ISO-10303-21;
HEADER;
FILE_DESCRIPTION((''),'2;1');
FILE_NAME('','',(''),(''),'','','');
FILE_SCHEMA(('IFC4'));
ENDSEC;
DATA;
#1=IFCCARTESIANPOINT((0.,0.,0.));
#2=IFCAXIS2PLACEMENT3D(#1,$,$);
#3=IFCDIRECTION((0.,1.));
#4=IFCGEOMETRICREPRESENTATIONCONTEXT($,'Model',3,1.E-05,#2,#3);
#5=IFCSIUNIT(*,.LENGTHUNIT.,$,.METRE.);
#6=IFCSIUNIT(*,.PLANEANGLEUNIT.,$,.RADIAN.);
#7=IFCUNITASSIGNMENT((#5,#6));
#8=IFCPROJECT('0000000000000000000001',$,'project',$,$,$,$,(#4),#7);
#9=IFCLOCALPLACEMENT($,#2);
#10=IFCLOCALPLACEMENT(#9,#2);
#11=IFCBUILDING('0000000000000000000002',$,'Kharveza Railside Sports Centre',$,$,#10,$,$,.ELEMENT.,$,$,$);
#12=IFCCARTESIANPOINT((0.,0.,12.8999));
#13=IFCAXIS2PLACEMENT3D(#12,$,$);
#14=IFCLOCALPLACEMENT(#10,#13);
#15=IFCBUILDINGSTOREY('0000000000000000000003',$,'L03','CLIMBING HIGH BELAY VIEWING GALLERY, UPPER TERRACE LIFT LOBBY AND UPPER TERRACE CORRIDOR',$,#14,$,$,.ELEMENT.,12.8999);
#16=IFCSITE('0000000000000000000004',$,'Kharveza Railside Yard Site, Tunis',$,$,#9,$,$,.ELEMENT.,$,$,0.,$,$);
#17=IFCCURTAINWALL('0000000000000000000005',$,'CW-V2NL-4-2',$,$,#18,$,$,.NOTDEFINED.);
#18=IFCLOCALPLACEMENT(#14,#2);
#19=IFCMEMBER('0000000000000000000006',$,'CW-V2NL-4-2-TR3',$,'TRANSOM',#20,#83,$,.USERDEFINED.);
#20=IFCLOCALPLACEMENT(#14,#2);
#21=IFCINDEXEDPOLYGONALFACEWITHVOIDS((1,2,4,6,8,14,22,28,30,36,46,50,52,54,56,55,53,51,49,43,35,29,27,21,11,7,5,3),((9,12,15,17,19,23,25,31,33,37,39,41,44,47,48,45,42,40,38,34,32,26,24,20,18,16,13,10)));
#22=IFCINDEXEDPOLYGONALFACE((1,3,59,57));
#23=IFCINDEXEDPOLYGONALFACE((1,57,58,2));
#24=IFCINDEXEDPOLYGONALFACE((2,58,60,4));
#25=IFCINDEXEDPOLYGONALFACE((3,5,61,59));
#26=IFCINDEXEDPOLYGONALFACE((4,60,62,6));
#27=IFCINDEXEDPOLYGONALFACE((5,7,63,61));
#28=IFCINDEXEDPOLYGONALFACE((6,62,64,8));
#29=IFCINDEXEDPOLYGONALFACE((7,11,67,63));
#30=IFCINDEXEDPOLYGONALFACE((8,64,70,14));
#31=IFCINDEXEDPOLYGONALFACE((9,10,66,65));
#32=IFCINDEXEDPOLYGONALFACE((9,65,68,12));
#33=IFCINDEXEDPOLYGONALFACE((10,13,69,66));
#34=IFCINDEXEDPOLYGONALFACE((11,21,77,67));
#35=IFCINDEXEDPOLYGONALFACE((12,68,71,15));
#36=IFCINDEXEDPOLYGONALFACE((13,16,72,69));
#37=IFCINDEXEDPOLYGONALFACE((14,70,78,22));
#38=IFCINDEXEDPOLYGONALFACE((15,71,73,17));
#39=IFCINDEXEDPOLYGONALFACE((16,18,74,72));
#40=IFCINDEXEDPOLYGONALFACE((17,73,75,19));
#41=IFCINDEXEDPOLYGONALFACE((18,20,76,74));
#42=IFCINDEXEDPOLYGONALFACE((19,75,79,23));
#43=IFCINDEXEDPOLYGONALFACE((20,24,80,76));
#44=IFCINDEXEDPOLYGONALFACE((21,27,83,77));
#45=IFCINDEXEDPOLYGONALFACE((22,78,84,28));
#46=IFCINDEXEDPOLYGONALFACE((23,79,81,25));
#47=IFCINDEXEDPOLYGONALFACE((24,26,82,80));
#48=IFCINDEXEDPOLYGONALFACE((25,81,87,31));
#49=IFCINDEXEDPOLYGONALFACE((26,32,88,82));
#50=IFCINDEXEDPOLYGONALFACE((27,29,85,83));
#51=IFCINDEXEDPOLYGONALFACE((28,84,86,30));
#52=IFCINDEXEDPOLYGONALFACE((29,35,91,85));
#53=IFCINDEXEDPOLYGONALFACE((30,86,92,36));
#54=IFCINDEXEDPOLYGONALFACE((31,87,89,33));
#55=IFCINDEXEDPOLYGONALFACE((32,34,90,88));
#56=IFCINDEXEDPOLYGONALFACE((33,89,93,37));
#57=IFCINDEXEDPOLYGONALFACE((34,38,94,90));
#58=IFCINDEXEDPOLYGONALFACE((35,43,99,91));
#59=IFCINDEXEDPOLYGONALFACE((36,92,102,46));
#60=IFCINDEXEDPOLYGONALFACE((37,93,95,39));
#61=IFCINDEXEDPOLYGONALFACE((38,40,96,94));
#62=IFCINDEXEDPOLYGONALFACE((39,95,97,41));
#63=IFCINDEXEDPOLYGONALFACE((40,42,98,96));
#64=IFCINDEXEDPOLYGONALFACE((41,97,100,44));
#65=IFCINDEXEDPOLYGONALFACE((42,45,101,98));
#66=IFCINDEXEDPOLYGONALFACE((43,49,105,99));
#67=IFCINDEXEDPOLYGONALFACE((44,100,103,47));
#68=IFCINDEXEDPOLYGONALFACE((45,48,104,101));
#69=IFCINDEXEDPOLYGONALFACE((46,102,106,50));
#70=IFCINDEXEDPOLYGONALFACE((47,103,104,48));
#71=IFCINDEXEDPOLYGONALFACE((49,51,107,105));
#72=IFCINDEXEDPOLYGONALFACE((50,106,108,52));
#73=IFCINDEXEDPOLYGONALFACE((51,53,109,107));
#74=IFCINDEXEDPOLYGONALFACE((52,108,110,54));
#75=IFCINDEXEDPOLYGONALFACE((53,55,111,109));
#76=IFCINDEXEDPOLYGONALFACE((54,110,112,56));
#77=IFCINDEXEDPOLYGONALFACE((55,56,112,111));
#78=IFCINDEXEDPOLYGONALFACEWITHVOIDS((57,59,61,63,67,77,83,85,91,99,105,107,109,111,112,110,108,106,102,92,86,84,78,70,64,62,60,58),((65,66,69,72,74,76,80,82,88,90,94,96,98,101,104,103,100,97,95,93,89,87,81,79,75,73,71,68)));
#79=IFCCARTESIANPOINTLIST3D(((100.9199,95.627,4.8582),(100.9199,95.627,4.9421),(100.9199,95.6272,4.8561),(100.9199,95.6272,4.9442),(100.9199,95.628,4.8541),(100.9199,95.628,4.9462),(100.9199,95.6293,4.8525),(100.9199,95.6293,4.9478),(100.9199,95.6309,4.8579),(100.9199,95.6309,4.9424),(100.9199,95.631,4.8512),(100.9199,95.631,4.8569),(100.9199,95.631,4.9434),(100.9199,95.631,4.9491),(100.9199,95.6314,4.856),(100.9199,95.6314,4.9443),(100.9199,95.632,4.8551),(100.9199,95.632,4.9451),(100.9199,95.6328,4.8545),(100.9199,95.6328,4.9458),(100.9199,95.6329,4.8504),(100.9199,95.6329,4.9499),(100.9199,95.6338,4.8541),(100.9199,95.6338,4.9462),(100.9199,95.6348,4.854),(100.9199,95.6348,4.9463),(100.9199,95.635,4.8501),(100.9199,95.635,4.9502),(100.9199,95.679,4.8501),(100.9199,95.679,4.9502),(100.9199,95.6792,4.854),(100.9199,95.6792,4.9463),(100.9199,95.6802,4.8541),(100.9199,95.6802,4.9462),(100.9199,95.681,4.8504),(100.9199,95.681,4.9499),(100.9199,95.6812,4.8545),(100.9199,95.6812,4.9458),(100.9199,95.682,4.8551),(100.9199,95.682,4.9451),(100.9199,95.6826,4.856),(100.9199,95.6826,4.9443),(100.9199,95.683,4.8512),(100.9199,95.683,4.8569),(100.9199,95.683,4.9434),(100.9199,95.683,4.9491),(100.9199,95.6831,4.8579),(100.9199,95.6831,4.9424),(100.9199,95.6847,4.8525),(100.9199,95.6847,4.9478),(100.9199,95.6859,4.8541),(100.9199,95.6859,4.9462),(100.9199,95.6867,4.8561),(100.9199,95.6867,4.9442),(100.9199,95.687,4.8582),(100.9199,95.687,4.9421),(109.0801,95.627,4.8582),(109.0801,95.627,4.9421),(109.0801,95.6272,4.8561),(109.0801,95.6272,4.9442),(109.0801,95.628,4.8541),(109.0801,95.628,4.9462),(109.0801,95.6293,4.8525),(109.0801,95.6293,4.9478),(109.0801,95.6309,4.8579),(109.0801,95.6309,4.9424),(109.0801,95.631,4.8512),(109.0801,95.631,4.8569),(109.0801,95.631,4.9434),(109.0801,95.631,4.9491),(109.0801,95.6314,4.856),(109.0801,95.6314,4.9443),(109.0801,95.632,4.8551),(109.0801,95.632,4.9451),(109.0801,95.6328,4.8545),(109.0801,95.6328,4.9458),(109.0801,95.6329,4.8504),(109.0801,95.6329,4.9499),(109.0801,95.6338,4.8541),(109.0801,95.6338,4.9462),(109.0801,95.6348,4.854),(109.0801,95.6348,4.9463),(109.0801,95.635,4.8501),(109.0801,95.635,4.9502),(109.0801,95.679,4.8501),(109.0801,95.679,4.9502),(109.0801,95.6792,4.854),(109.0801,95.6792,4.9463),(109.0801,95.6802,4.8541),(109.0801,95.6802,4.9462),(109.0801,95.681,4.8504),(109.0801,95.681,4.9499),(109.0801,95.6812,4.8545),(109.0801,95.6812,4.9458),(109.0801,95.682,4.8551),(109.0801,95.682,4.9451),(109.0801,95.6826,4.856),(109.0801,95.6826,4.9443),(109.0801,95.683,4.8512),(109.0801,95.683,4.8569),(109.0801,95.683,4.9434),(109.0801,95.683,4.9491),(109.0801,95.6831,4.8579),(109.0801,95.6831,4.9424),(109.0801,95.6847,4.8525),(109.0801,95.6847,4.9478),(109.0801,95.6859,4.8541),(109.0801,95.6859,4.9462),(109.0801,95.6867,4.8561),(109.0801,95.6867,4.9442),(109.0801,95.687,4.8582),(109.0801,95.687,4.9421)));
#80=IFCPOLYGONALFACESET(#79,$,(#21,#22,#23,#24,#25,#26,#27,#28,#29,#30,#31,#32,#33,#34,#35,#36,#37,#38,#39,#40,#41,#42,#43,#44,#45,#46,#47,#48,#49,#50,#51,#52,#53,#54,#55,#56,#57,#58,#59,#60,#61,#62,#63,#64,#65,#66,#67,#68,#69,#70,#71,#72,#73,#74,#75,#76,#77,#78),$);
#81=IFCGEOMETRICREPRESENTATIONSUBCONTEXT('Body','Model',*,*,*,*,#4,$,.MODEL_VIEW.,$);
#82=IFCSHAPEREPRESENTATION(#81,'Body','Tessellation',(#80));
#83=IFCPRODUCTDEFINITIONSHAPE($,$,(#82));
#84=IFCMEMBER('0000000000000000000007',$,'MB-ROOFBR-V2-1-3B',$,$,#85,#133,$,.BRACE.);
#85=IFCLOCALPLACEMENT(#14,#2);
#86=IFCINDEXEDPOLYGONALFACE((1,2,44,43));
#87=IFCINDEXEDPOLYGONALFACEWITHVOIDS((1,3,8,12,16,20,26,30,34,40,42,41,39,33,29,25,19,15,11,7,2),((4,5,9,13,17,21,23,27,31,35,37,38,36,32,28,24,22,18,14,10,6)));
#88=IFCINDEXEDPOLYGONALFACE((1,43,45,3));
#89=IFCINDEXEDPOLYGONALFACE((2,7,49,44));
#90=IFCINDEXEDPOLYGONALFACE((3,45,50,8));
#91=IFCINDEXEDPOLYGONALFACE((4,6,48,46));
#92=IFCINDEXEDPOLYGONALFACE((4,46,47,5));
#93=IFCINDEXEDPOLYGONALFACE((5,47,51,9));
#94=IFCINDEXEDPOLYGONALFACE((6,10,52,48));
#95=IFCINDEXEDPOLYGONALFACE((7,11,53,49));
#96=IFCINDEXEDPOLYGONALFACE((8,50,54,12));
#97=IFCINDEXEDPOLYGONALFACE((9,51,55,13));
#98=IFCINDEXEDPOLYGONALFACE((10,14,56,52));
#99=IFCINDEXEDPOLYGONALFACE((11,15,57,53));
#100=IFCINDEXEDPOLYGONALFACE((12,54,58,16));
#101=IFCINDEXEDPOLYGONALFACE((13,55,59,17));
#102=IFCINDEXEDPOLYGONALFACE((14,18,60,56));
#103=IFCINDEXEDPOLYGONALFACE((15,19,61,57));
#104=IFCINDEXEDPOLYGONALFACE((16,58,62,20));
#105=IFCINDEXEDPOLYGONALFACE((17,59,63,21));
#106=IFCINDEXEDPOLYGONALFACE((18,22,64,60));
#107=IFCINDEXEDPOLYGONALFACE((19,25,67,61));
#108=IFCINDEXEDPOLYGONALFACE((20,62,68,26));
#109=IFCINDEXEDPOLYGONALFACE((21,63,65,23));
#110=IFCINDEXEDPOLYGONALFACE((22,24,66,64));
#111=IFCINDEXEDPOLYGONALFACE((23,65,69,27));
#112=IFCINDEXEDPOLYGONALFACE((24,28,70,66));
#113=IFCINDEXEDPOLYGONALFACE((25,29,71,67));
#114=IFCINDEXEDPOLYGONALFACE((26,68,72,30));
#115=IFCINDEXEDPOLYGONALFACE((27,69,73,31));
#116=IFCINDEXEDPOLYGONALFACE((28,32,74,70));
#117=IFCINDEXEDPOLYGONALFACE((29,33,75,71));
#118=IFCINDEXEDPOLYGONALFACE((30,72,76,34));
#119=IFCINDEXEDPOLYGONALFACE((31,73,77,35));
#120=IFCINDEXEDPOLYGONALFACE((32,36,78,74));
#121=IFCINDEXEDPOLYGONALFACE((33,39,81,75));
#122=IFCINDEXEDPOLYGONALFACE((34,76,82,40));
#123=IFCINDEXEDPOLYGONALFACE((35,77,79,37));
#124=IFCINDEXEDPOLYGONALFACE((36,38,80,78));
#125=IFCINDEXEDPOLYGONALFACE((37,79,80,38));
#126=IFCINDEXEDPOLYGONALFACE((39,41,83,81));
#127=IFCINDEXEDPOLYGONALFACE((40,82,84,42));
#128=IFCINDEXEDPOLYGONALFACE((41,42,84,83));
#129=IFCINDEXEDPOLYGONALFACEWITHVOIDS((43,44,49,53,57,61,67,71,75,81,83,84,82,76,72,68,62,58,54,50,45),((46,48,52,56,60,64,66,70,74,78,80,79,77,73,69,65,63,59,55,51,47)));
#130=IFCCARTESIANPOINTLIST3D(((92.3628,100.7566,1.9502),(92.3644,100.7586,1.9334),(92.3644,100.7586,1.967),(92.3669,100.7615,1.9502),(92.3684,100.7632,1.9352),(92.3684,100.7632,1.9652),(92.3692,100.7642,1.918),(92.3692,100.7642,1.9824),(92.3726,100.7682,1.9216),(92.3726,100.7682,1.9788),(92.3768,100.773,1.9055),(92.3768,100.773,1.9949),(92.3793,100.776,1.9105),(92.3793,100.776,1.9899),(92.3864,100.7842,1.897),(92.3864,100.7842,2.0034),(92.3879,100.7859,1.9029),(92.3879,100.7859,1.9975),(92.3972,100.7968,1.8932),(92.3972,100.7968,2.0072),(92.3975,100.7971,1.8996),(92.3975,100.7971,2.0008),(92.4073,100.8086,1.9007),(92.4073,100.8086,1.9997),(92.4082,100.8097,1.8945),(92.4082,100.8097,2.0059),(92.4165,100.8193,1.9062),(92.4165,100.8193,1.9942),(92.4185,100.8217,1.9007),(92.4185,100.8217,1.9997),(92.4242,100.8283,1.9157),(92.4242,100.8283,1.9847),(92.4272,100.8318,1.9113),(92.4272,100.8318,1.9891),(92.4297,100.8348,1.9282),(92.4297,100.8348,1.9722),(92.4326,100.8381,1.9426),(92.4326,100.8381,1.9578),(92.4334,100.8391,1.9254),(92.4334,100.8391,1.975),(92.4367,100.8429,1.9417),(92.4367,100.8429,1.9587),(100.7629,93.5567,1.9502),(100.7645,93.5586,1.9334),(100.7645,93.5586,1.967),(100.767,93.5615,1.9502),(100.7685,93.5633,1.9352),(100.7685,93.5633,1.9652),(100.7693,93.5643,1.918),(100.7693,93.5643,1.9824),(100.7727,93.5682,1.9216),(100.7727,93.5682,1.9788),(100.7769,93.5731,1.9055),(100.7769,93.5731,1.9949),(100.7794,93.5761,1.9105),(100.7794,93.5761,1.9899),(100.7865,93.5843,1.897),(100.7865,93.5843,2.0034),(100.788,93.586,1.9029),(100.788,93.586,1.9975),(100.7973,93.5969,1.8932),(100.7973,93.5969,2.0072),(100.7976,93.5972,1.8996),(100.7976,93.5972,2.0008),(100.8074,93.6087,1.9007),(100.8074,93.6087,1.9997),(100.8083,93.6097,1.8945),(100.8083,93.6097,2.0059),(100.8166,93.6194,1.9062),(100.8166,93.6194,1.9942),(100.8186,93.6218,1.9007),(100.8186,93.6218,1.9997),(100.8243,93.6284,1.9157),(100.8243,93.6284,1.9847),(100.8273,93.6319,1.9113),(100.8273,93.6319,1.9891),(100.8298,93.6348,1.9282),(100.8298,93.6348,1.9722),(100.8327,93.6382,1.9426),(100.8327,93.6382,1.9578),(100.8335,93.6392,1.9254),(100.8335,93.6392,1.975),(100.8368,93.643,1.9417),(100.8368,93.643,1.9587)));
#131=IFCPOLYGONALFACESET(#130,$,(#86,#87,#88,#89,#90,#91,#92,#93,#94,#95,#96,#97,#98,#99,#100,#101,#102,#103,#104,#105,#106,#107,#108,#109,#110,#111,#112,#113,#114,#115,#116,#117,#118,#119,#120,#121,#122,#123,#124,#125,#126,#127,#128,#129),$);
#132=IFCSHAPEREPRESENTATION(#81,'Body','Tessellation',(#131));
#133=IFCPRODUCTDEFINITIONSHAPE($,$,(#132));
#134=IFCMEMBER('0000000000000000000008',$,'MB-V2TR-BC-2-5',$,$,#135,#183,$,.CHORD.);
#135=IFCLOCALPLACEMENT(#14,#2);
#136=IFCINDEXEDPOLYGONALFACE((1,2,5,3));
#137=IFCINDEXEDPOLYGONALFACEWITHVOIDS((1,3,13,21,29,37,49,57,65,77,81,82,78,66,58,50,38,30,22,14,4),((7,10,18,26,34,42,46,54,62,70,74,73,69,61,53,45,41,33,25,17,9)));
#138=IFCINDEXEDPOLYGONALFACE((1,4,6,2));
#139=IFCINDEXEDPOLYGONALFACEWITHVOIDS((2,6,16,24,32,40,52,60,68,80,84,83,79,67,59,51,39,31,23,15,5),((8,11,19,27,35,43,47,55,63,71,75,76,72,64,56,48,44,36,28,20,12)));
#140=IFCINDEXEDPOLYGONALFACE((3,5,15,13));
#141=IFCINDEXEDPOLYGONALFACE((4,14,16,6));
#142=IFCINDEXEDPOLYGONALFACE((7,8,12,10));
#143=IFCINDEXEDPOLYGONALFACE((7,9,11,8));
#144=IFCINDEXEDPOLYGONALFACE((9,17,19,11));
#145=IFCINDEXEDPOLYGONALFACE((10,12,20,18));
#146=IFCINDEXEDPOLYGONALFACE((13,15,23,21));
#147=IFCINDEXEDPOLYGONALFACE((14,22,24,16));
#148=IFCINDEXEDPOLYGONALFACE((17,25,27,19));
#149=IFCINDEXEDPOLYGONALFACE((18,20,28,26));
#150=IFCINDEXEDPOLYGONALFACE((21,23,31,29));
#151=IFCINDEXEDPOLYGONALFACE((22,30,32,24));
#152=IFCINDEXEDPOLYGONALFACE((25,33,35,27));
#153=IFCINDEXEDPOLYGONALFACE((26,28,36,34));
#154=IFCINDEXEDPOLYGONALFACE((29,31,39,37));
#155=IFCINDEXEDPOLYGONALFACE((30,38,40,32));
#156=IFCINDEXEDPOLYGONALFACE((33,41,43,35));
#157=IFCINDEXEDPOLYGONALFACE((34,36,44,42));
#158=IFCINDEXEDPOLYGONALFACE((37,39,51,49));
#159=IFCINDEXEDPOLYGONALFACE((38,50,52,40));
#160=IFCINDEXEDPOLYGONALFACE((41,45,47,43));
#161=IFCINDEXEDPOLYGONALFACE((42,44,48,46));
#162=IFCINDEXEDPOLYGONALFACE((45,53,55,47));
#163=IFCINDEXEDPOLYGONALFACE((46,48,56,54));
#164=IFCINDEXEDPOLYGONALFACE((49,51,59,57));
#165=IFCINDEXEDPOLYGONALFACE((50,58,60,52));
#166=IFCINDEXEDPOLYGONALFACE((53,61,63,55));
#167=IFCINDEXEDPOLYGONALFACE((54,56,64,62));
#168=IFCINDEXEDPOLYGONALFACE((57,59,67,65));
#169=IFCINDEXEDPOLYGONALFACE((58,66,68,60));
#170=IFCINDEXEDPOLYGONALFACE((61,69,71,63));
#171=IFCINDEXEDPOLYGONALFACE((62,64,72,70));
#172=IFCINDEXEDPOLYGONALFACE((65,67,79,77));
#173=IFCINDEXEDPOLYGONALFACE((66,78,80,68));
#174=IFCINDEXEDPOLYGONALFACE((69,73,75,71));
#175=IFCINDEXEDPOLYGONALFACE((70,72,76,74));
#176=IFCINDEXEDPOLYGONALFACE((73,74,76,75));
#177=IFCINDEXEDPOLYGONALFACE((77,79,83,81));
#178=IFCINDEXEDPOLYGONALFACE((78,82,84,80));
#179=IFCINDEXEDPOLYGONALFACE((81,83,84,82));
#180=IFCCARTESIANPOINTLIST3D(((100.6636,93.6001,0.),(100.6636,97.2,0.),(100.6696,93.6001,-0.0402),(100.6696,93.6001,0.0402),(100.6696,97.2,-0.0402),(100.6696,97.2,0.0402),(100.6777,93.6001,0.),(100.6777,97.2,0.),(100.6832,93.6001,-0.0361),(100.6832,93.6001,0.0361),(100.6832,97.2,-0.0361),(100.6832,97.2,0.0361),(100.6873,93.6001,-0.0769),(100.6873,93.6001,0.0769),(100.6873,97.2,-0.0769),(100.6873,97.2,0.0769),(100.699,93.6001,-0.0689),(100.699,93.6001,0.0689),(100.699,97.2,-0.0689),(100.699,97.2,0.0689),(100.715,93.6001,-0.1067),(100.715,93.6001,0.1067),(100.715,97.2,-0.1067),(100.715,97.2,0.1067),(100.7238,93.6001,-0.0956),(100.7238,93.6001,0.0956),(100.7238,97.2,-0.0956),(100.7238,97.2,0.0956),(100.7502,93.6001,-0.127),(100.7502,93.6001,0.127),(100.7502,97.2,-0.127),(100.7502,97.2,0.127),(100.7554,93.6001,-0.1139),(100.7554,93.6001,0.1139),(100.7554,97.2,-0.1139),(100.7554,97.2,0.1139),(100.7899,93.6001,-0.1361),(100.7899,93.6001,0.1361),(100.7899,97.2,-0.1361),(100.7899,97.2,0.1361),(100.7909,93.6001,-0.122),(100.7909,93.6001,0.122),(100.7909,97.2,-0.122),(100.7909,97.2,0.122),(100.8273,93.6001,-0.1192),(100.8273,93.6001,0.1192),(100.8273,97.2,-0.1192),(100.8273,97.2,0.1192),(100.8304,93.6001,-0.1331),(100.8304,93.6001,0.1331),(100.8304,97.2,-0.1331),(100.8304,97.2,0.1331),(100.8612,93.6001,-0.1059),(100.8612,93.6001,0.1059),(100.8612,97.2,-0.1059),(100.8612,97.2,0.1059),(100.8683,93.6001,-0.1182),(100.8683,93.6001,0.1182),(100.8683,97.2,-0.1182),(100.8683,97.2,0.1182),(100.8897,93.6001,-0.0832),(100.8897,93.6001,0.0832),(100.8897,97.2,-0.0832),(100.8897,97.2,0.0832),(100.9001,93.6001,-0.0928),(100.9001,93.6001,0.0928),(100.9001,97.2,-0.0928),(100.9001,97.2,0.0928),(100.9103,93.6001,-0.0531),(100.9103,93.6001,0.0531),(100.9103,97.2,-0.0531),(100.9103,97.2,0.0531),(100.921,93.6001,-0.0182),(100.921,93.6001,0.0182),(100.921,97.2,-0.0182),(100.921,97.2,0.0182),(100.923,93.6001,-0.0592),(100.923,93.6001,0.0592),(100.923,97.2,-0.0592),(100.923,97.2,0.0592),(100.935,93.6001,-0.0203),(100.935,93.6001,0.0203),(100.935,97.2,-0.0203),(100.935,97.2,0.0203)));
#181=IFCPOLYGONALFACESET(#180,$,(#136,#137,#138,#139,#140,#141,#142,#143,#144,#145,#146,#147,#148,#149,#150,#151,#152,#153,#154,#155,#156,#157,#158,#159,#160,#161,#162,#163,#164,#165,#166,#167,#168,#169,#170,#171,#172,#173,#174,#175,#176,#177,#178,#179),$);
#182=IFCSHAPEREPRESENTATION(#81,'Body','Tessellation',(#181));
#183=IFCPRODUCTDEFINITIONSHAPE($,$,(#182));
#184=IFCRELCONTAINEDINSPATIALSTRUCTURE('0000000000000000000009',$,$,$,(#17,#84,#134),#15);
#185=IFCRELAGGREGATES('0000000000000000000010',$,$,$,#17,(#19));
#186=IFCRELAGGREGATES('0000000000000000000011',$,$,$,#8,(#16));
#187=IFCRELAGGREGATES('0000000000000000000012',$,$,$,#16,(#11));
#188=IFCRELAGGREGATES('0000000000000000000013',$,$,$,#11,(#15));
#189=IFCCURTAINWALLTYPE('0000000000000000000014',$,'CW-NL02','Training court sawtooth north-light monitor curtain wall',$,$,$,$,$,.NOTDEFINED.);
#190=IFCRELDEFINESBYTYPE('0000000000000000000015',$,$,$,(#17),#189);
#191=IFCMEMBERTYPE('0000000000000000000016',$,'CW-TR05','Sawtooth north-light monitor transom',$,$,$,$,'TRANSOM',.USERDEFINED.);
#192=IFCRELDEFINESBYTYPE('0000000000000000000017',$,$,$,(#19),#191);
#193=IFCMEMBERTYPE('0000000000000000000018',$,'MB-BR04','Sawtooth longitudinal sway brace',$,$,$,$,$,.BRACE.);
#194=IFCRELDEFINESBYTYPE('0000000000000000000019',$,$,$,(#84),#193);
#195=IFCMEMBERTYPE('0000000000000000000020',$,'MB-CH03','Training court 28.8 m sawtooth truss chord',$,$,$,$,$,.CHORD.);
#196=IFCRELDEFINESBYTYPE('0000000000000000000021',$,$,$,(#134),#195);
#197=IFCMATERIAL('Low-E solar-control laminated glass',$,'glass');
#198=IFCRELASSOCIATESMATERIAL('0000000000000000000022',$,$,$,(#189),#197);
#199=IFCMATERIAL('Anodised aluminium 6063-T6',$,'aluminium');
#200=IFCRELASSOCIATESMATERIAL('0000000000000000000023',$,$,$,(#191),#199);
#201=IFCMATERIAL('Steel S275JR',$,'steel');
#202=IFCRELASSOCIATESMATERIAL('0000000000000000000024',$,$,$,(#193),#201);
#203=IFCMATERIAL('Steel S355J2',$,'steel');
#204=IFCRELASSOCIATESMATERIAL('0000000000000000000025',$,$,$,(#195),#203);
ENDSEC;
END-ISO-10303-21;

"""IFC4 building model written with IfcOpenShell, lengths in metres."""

from ifc_helpers import new_model, si_unit, direction, frame, origin, origin_2d, place, context, subcontext, project, spatial, hollow_rectangle, hollow_circle, extrude, material, material_profile, profile_set, type_object, element, aggregate, save


model = new_model("IFC4")

# Units and contexts
model_context = context("Model", 3, precision=1e-05, world=origin(), true_north=direction((0.0, 1.0)))
body_context = subcontext(model_context, "Body", "Model", "MODEL_VIEW")
ifc_project = project(units=[si_unit("LENGTHUNIT", "METRE"), si_unit("PLANEANGLEUNIT", "RADIAN")], contexts=[model_context])

# Site, building, storey
site_placement = place(None, origin())
site = spatial("IfcSite", under=ifc_project, at=site_placement, Name="Kharveza Railside Yard Site, Tunis", CompositionType="ELEMENT", RefElevation=0.0)
building_placement = place(site_placement, origin())
building = spatial("IfcBuilding", under=site, at=building_placement, Name="Kharveza Railside Sports Centre", CompositionType="ELEMENT")
storey_placement = place(building_placement, frame((0.0, 0.0, 12.8999)))
storey = spatial("IfcBuildingStorey", under=building, at=storey_placement, Name="L03", Description="CLIMBING HIGH BELAY VIEWING GALLERY, UPPER TERRACE LIFT LOBBY AND UPPER TERRACE CORRIDOR", CompositionType="ELEMENT", Elevation=12.8999)

# Shared definitions
ifc_material_1 = material(Name="Steel S355J2", Category="steel")
ifc_material_2 = material(Name="Steel S275JR", Category="steel")

# Curtain wall, member
ifc_material_3 = material(Name="Low-E solar-control laminated glass", Category="glass")
curtain_wall_type = type_object("IfcCurtainWallType", Name="CW-NL02", Description="Training court sawtooth north-light monitor curtain wall", PredefinedType="NOTDEFINED", material=ifc_material_3)
ifc_material_4 = material(Name="Anodised aluminium 6063-T6", Category="aluminium")
curtain_wall_1_placement = place(storey_placement, origin())
curtain_wall_1 = element("IfcCurtainWall", 1, at=curtain_wall_1_placement, inside=storey, type_object=curtain_wall_type, Name="CW-V2NL-4-2", PredefinedType="NOTDEFINED")
ifc_material_profile_1 = material_profile(ifc_material_4, hollow_rectangle(XDim=0.0601, YDim=0.1001, WallThickness=0.0039, InnerFilletRadius=0.0039, OuterFilletRadius=0.0081, at=origin_2d()), Name="RHS 60x100x4.0")
ifc_profile_set_1 = profile_set([ifc_material_profile_1], Name="Anodised aluminium 6063-T6")
member_type_1 = type_object("IfcMemberType", Name="CW-TR05", Description="Sawtooth north-light monitor transom", ElementType="TRANSOM", PredefinedType="USERDEFINED", material=ifc_profile_set_1)
member_1_placement = place(storey_placement, frame((100.9199, 95.657, 4.9001), z_axis=(1.0, 0.0, 0.0), x_axis=(0.0, 1.0, 0.0)))
member_1 = element("IfcMember", 2, at=member_1_placement, type_object=member_type_1, Name="CW-V2NL-4-2-TR3", ObjectType="TRANSOM", PredefinedType="USERDEFINED", context=body_context, shape_type="SweptSolid", body=[
    extrude(hollow_rectangle(XDim=0.0601, YDim=0.1001, WallThickness=0.0039, InnerFilletRadius=0.0039, OuterFilletRadius=0.0081, at=origin_2d()), origin(), (0.0, 0.0, 1.0), 8.1602),
])

# Members
ifc_material_profile_2 = material_profile(ifc_material_2, hollow_circle(Radius=0.0571, WallThickness=0.0063, at=origin_2d()), Name="CHS 114.3x6.3")
ifc_profile_set_2 = profile_set([ifc_material_profile_2], Name="Steel S275JR")
member_type_2 = type_object("IfcMemberType", Name="MB-BR04", Description="Sawtooth longitudinal sway brace", PredefinedType="BRACE", material=ifc_profile_set_2)
member_2_placement = place(storey_placement, frame((100.8, 93.6001, 1.9502), z_axis=(-0.759264, 0.650782, 0.0), x_axis=(-0.650782, -0.759264, 0.0)))
element("IfcMember", 3, at=member_2_placement, inside=storey, type_object=member_type_2, Name="MB-ROOFBR-V2-1-3B", PredefinedType="BRACE", context=body_context, shape_type="SweptSolid", body=[
    extrude(hollow_circle(Radius=0.0571, WallThickness=0.0063, at=origin_2d()), origin(), (0.0, 0.0, 1.0), 11.0635),
])
ifc_material_profile_3 = material_profile(ifc_material_1, hollow_circle(Radius=0.1365, WallThickness=0.0142, at=origin_2d()), Name="CHS 273.0x14.2")
ifc_profile_set_3 = profile_set([ifc_material_profile_3], Name="Steel S355J2")
member_type_3 = type_object("IfcMemberType", Name="MB-CH03", Description="Training court 28.8 m sawtooth truss chord", PredefinedType="CHORD", material=ifc_profile_set_3)
for number, where, z_axis, x_axis, name in (
    (4, (100.8, 93.6001, 0.0), (0.0, 1.0, 0.0), (-1.0, 0.0, 0.0), "MB-V2TR-BC-2-5"),
):
    element("IfcMember", number, at=place(storey_placement, frame(where, z_axis=z_axis, x_axis=x_axis)), inside=storey, type_object=member_type_3, Name=name, PredefinedType="CHORD", context=body_context, shape_type="SweptSolid", body=[
        extrude(hollow_circle(Radius=0.1365, WallThickness=0.0142, at=origin_2d()), origin(), (0.0, 0.0, 1.0), 3.5999),
    ])

aggregate(curtain_wall_1, [member_1])

save(model, "model.ifc")
